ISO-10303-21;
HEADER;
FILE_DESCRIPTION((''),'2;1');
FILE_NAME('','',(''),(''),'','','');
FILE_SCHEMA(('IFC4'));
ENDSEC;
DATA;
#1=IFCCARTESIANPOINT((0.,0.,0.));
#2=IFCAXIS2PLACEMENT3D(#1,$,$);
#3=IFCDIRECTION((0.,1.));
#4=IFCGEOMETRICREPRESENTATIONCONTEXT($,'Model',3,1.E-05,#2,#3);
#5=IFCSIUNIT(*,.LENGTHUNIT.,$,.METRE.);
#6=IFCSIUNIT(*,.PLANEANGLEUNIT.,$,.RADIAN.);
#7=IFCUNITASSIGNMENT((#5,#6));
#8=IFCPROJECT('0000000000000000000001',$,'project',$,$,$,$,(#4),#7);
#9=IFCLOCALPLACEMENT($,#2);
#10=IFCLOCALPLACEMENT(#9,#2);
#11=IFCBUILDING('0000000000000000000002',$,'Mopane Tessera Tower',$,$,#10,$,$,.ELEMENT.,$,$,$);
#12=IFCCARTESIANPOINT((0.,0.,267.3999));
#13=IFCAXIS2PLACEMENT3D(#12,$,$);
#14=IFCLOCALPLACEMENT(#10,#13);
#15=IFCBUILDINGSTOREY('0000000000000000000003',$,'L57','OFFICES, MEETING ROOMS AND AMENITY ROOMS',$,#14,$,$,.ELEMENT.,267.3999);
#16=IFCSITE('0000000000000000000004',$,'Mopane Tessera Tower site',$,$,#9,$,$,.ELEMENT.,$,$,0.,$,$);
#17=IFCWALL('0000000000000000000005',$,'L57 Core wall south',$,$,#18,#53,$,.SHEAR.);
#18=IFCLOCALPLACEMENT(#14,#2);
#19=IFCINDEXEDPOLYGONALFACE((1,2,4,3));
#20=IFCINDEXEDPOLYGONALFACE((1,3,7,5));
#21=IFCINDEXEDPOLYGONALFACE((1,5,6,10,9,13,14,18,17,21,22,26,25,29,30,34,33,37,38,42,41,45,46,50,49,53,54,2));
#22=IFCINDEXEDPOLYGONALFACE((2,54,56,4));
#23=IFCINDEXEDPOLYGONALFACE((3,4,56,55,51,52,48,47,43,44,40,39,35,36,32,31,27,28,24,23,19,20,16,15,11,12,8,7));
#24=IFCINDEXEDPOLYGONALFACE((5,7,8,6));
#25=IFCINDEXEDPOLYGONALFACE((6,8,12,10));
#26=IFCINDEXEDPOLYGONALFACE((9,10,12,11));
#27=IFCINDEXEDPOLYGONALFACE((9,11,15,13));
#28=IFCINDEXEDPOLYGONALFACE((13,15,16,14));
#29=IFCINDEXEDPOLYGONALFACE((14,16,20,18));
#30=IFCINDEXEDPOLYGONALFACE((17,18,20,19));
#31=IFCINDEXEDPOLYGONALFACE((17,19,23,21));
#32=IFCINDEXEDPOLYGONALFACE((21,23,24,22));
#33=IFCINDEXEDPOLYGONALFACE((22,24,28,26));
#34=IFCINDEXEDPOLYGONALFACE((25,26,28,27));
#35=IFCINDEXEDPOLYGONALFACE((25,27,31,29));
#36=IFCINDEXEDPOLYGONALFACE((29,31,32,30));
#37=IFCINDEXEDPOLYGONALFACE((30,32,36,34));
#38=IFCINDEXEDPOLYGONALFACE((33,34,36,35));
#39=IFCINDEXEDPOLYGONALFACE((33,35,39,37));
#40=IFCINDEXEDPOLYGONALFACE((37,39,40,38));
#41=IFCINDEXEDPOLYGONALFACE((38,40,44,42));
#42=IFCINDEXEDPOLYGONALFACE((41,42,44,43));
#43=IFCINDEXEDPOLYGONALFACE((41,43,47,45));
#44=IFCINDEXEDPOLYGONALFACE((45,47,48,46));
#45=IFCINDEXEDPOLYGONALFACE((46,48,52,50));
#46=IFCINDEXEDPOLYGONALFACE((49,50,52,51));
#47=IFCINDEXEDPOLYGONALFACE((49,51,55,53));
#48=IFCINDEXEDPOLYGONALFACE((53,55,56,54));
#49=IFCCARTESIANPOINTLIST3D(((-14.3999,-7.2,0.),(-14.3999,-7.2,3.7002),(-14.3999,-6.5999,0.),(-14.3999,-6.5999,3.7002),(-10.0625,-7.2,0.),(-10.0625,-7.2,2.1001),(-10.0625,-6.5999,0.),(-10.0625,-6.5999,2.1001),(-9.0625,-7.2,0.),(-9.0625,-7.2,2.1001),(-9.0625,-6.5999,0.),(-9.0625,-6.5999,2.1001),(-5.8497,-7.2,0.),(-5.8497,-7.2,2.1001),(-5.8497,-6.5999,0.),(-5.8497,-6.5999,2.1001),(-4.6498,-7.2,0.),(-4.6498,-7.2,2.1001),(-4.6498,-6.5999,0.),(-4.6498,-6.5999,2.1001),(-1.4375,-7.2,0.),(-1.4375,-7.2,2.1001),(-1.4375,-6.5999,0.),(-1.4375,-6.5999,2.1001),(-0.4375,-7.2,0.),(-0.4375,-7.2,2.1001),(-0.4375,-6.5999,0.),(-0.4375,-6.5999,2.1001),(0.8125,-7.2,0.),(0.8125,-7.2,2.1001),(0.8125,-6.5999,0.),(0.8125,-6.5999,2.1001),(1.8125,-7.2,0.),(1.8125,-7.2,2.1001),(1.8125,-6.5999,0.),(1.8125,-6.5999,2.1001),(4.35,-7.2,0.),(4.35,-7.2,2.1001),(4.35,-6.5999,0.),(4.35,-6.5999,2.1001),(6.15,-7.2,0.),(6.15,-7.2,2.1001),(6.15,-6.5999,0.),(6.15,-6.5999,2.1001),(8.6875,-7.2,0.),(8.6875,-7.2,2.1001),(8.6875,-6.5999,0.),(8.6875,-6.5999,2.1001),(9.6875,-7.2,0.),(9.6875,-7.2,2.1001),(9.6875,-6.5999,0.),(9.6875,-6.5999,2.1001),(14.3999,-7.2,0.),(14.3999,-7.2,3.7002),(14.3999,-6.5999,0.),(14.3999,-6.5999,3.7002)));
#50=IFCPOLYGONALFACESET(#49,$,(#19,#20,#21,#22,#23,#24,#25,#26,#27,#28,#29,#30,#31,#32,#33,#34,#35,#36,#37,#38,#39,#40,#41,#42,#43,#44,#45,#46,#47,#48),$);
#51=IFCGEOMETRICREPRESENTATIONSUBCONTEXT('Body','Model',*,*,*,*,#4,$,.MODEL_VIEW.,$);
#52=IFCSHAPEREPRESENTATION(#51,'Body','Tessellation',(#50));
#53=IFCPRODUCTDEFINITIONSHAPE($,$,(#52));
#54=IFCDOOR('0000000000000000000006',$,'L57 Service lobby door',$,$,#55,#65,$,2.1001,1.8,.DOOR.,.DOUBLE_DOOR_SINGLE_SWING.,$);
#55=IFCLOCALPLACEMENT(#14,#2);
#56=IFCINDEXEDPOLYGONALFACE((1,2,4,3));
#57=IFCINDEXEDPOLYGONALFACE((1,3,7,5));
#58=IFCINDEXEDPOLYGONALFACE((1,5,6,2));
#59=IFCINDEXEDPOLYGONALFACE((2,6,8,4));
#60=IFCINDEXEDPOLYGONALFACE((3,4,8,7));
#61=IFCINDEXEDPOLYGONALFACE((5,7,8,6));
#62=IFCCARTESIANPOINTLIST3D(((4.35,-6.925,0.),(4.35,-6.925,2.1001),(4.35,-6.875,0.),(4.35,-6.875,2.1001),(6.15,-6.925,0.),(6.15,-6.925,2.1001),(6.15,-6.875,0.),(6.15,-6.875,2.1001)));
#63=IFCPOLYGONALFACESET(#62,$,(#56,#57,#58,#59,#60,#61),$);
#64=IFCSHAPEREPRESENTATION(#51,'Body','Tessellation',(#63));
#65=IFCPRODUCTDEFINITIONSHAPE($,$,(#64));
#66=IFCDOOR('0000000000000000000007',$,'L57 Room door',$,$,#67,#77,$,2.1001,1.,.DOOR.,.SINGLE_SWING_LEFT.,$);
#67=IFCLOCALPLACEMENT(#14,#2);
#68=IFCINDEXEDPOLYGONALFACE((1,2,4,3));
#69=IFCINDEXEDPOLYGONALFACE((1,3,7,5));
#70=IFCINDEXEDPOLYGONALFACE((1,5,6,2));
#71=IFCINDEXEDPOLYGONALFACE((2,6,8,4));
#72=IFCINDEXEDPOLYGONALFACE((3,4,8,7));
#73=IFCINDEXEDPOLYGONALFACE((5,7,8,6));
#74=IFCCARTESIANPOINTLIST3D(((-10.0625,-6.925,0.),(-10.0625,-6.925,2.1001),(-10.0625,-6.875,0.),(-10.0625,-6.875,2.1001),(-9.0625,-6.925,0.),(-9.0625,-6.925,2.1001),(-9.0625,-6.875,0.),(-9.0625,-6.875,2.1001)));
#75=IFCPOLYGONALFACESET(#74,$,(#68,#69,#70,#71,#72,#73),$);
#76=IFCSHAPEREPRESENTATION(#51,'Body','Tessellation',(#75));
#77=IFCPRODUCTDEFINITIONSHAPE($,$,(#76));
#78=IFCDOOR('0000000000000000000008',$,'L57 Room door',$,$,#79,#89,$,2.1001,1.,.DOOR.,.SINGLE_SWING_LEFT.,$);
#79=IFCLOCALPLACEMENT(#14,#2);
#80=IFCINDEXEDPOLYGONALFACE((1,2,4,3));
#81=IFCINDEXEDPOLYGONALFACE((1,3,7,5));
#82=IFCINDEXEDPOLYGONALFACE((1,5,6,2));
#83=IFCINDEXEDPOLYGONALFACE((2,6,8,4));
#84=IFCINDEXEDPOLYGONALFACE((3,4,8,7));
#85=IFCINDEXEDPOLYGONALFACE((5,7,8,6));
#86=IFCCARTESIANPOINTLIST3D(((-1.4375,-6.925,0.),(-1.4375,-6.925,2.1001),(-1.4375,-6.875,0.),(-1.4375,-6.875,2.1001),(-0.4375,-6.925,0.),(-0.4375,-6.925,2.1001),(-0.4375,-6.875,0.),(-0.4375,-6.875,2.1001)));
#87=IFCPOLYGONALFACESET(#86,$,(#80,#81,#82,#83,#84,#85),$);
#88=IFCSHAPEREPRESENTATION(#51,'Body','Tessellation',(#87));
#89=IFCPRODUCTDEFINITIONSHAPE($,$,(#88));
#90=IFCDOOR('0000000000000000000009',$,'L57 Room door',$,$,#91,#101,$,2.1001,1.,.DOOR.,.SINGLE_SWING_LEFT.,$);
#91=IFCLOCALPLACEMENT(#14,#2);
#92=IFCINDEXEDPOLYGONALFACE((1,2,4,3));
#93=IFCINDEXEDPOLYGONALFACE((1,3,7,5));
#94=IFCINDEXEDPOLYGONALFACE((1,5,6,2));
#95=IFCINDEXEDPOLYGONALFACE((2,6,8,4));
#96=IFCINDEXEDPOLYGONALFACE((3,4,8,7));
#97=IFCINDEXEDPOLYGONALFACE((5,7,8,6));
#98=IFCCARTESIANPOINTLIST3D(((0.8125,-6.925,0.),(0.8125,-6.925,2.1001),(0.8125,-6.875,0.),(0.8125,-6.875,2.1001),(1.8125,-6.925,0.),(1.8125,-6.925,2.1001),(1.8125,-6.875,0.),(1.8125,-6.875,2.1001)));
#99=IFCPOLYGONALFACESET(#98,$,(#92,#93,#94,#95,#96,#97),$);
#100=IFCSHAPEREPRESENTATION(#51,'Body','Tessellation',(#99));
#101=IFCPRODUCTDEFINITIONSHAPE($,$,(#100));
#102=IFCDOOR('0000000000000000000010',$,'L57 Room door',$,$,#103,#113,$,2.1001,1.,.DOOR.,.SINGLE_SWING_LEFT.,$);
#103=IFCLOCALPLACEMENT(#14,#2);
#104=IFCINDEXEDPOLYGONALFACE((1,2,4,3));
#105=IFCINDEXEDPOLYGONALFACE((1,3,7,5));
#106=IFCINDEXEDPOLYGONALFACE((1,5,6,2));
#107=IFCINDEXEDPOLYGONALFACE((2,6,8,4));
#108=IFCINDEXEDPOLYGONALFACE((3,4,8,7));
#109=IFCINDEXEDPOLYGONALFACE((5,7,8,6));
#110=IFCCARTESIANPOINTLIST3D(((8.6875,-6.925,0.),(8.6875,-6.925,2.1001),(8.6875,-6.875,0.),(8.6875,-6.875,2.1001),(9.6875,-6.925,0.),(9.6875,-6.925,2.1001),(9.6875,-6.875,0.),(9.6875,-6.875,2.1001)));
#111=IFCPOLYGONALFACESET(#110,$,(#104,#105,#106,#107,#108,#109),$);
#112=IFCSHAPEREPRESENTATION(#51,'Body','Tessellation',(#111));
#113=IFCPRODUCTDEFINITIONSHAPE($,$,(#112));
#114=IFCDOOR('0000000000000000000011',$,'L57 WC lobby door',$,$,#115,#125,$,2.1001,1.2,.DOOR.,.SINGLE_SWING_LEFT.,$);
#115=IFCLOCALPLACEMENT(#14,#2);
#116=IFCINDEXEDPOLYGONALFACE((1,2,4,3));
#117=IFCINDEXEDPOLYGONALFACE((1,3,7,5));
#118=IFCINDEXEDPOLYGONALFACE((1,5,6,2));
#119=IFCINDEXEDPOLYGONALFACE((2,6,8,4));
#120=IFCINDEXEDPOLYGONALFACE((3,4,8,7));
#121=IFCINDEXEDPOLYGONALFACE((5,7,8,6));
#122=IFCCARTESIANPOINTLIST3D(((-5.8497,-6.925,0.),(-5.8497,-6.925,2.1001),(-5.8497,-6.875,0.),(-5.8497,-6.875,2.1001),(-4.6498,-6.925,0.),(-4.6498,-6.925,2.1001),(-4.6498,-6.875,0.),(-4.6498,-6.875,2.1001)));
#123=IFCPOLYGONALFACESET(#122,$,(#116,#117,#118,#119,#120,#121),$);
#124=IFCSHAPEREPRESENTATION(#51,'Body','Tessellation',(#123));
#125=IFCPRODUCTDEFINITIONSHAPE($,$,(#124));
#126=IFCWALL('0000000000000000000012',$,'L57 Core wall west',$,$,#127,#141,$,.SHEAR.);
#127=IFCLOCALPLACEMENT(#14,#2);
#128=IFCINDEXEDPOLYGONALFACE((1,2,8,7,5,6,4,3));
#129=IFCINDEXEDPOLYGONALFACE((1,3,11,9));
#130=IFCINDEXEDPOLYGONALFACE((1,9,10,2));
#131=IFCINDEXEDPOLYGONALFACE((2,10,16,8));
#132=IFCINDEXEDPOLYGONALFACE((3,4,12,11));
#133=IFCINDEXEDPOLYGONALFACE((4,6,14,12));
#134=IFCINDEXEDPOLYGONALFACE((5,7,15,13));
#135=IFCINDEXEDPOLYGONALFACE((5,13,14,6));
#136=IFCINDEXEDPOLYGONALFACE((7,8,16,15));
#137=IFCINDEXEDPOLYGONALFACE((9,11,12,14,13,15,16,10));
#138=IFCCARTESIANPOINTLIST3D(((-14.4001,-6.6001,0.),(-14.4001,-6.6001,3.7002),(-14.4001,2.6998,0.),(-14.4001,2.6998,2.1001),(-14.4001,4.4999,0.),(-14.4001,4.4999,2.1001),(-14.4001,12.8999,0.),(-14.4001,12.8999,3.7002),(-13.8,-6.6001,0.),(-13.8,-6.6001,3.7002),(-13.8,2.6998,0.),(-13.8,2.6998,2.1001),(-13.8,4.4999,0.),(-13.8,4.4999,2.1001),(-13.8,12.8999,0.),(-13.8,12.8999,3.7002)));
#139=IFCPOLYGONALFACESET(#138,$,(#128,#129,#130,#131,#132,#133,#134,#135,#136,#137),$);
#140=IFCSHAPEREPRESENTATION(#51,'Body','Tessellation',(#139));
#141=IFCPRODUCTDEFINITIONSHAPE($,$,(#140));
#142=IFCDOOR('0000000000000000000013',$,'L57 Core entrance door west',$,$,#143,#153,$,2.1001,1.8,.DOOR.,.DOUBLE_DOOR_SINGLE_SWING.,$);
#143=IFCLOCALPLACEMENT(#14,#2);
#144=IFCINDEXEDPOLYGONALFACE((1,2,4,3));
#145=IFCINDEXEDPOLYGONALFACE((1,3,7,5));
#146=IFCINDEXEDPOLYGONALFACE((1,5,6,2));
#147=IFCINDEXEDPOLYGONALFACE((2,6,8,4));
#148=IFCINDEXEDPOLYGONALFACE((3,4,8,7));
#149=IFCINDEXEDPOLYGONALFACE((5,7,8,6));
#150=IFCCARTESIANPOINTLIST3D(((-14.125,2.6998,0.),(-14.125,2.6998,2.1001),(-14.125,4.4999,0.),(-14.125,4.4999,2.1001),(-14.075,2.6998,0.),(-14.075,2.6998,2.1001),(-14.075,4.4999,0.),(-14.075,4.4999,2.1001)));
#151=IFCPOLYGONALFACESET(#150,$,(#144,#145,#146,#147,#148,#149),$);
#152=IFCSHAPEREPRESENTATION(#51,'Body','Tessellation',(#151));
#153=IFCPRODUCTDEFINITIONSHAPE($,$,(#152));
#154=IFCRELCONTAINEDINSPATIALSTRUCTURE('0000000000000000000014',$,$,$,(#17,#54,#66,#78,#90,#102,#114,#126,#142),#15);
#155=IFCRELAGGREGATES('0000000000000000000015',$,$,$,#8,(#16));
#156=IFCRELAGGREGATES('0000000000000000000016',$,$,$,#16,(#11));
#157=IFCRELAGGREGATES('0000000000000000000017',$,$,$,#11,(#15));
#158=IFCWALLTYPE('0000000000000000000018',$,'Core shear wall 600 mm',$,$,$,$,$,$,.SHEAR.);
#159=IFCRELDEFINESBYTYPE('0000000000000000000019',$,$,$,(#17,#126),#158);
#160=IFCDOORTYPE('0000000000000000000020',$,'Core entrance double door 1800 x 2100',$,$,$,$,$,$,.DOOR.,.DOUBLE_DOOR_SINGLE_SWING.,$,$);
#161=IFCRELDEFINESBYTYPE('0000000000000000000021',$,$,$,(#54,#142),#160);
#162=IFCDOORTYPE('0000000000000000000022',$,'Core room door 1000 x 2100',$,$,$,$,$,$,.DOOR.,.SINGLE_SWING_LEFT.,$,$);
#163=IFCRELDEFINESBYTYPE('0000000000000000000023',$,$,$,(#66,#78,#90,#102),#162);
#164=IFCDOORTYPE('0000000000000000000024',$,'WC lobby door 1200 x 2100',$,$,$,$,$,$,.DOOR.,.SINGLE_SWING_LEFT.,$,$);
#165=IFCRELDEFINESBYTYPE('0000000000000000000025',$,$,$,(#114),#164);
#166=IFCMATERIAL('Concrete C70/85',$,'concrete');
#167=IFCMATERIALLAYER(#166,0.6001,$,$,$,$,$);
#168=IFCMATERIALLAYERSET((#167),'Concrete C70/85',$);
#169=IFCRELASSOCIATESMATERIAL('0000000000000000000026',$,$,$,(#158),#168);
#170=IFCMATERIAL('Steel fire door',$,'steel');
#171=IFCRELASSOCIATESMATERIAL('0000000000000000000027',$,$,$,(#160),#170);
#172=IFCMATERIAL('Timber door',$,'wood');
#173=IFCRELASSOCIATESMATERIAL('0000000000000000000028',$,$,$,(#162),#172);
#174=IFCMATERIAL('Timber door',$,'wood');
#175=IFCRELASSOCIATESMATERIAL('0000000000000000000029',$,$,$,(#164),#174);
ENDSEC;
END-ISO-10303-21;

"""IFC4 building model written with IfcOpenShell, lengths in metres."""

from ifc_helpers import new_model, si_unit, direction, frame, frame_2d, origin, place, context, subcontext, project, spatial, rectangle, extrude, material, layer, layer_set, type_object, element, fill, save


model = new_model("IFC4")

# Units and contexts
model_context = context("Model", 3, precision=1e-05, world=origin(), true_north=direction((0.0, 1.0)))
body_context = subcontext(model_context, "Body", "Model", "MODEL_VIEW")
ifc_project = project(units=[si_unit("LENGTHUNIT", "METRE"), si_unit("PLANEANGLEUNIT", "RADIAN")], contexts=[model_context])

# Site, building, storey
site_placement = place(None, origin())
site = spatial("IfcSite", under=ifc_project, at=site_placement, Name="Mopane Tessera Tower site", CompositionType="ELEMENT", RefElevation=0.0)
building_placement = place(site_placement, origin())
building = spatial("IfcBuilding", under=site, at=building_placement, Name="Mopane Tessera Tower", CompositionType="ELEMENT")
storey_placement = place(building_placement, frame((0.0, 0.0, 267.3999)))
storey = spatial("IfcBuildingStorey", under=building, at=storey_placement, Name="L57", Description="OFFICES, MEETING ROOMS AND AMENITY ROOMS", CompositionType="ELEMENT", Elevation=267.3999)

# Wall, openings, doors
ifc_material_1 = material(Name="Concrete C70/85", Category="concrete")
ifc_layer_1 = layer(ifc_material_1, 0.6001)
ifc_layer_set_1 = layer_set([ifc_layer_1], Name="Concrete C70/85")
wall_type_1 = type_object("IfcWallType", Name="Core shear wall 600 mm", PredefinedType="SHEAR", material=ifc_layer_set_1)
wall_1_placement = place(storey_placement, frame((-14.3999, -6.8999, 0.0), z_axis=(0.0, 0.0, 1.0), x_axis=(1.0, 0.0, 0.0)))
wall_1 = element("IfcWall", 1, at=wall_1_placement, inside=storey, type_object=wall_type_1, Name="L57 Core wall south", PredefinedType="SHEAR", context=body_context, shape_type="SweptSolid", body=[
    extrude(rectangle(XDim=28.7998, YDim=0.6001, at=frame_2d((14.3999, 0.0))), origin(), (0.0, 0.0, 1.0), 3.7002),
])
opening_1_placement = place(wall_1_placement, frame((4.3374, 0.0, 0.0)))
opening_1 = element("IfcOpeningElement", 2, at=opening_1_placement, cuts=wall_1, PredefinedType="OPENING", context=body_context, shape_type="SweptSolid", body=[
    extrude(rectangle(XDim=1.0, YDim=2.1001, at=frame_2d((0.5, 1.05))), frame((0.0, 0.312, 0.0), z_axis=(0.0, -1.0, 0.0), x_axis=(1.0, 0.0, 0.0)), (0.0, 0.0, 1.0), 0.624),
])
opening_2_placement = place(wall_1_placement, frame((8.55, 0.0, 0.0)))
opening_2 = element("IfcOpeningElement", 3, at=opening_2_placement, cuts=wall_1, PredefinedType="OPENING", context=body_context, shape_type="SweptSolid", body=[
    extrude(rectangle(XDim=1.2, YDim=2.1001, at=frame_2d((0.6001, 1.05))), frame((0.0, 0.312, 0.0), z_axis=(0.0, -1.0, 0.0), x_axis=(1.0, 0.0, 0.0)), (0.0, 0.0, 1.0), 0.624),
])
opening_3_placement = place(wall_1_placement, frame((12.9624, 0.0, 0.0)))
opening_3 = element("IfcOpeningElement", 4, at=opening_3_placement, cuts=wall_1, PredefinedType="OPENING", context=body_context, shape_type="SweptSolid", body=[
    extrude(rectangle(XDim=1.0, YDim=2.1001, at=frame_2d((0.5, 1.05))), frame((0.0, 0.312, 0.0), z_axis=(0.0, -1.0, 0.0), x_axis=(1.0, 0.0, 0.0)), (0.0, 0.0, 1.0), 0.624),
])
opening_4_placement = place(wall_1_placement, frame((15.2124, 0.0, 0.0)))
opening_4 = element("IfcOpeningElement", 5, at=opening_4_placement, cuts=wall_1, PredefinedType="OPENING", context=body_context, shape_type="SweptSolid", body=[
    extrude(rectangle(XDim=1.0, YDim=2.1001, at=frame_2d((0.5, 1.05))), frame((0.0, 0.312, 0.0), z_axis=(0.0, -1.0, 0.0), x_axis=(1.0, 0.0, 0.0)), (0.0, 0.0, 1.0), 0.624),
])
opening_5_placement = place(wall_1_placement, frame((18.75, 0.0, 0.0)))
opening_5 = element("IfcOpeningElement", 6, at=opening_5_placement, cuts=wall_1, PredefinedType="OPENING", context=body_context, shape_type="SweptSolid", body=[
    extrude(rectangle(XDim=1.8, YDim=2.1001, at=frame_2d((0.8999, 1.05))), frame((0.0, 0.312, 0.0), z_axis=(0.0, -1.0, 0.0), x_axis=(1.0, 0.0, 0.0)), (0.0, 0.0, 1.0), 0.624),
])
opening_6_placement = place(wall_1_placement, frame((23.0874, 0.0, 0.0)))
opening_6 = element("IfcOpeningElement", 7, at=opening_6_placement, cuts=wall_1, PredefinedType="OPENING", context=body_context, shape_type="SweptSolid", body=[
    extrude(rectangle(XDim=1.0, YDim=2.1001, at=frame_2d((0.5, 1.05))), frame((0.0, 0.312, 0.0), z_axis=(0.0, -1.0, 0.0), x_axis=(1.0, 0.0, 0.0)), (0.0, 0.0, 1.0), 0.624),
])
ifc_material_2 = material(Name="Steel fire door", Category="steel")
door_type_1 = type_object("IfcDoorType", Name="Core entrance double door 1800 x 2100", OperationType="DOUBLE_DOOR_SINGLE_SWING", PredefinedType="DOOR", material=ifc_material_2)
door_1_placement = place(opening_5_placement, origin())
door_1 = element("IfcDoor", 8, at=door_1_placement, inside=storey, type_object=door_type_1, Name="L57 Service lobby door", OperationType="DOUBLE_DOOR_SINGLE_SWING", OverallHeight=2.1001, OverallWidth=1.8, PredefinedType="DOOR", context=body_context, shape_type="SweptSolid", body=[
    extrude(rectangle(XDim=1.8, YDim=2.1001, at=frame_2d((0.8999, 1.05))), frame((0.0, 0.0249, 0.0), z_axis=(0.0, -1.0, 0.0), x_axis=(1.0, 0.0, 0.0)), (0.0, 0.0, 1.0), 0.05),
])
fill(opening_5, door_1)
ifc_material_3 = material(Name="Timber door", Category="wood")
door_type_2 = type_object("IfcDoorType", Name="Core room door 1000 x 2100", OperationType="SINGLE_SWING_LEFT", PredefinedType="DOOR", material=ifc_material_3)
door_2_placement = place(opening_1_placement, origin())
door_2 = element("IfcDoor", 9, at=door_2_placement, inside=storey, type_object=door_type_2, Name="L57 Room door", OperationType="SINGLE_SWING_LEFT", OverallHeight=2.1001, OverallWidth=1.0, PredefinedType="DOOR", context=body_context, shape_type="SweptSolid", body=[
    extrude(rectangle(XDim=1.0, YDim=2.1001, at=frame_2d((0.5, 1.05))), frame((0.0, 0.0249, 0.0), z_axis=(0.0, -1.0, 0.0), x_axis=(1.0, 0.0, 0.0)), (0.0, 0.0, 1.0), 0.05),
])
fill(opening_1, door_2)
door_3_placement = place(opening_3_placement, origin())
door_3 = element("IfcDoor", 10, at=door_3_placement, inside=storey, type_object=door_type_2, Name="L57 Room door", OperationType="SINGLE_SWING_LEFT", OverallHeight=2.1001, OverallWidth=1.0, PredefinedType="DOOR", context=body_context, shape_type="SweptSolid", body=[
    extrude(rectangle(XDim=1.0, YDim=2.1001, at=frame_2d((0.5, 1.05))), frame((0.0, 0.0249, 0.0), z_axis=(0.0, -1.0, 0.0), x_axis=(1.0, 0.0, 0.0)), (0.0, 0.0, 1.0), 0.05),
])
fill(opening_3, door_3)
door_4_placement = place(opening_4_placement, origin())
door_4 = element("IfcDoor", 11, at=door_4_placement, inside=storey, type_object=door_type_2, Name="L57 Room door", OperationType="SINGLE_SWING_LEFT", OverallHeight=2.1001, OverallWidth=1.0, PredefinedType="DOOR", context=body_context, shape_type="SweptSolid", body=[
    extrude(rectangle(XDim=1.0, YDim=2.1001, at=frame_2d((0.5, 1.05))), frame((0.0, 0.0249, 0.0), z_axis=(0.0, -1.0, 0.0), x_axis=(1.0, 0.0, 0.0)), (0.0, 0.0, 1.0), 0.05),
])
fill(opening_4, door_4)
door_5_placement = place(opening_6_placement, origin())
door_5 = element("IfcDoor", 12, at=door_5_placement, inside=storey, type_object=door_type_2, Name="L57 Room door", OperationType="SINGLE_SWING_LEFT", OverallHeight=2.1001, OverallWidth=1.0, PredefinedType="DOOR", context=body_context, shape_type="SweptSolid", body=[
    extrude(rectangle(XDim=1.0, YDim=2.1001, at=frame_2d((0.5, 1.05))), frame((0.0, 0.0249, 0.0), z_axis=(0.0, -1.0, 0.0), x_axis=(1.0, 0.0, 0.0)), (0.0, 0.0, 1.0), 0.05),
])
fill(opening_6, door_5)
ifc_material_4 = material(Name="Timber door", Category="wood")
door_type_3 = type_object("IfcDoorType", Name="WC lobby door 1200 x 2100", OperationType="SINGLE_SWING_LEFT", PredefinedType="DOOR", material=ifc_material_4)
door_6_placement = place(opening_2_placement, origin())
door_6 = element("IfcDoor", 13, at=door_6_placement, inside=storey, type_object=door_type_3, Name="L57 WC lobby door", OperationType="SINGLE_SWING_LEFT", OverallHeight=2.1001, OverallWidth=1.2, PredefinedType="DOOR", context=body_context, shape_type="SweptSolid", body=[
    extrude(rectangle(XDim=1.2, YDim=2.1001, at=frame_2d((0.6001, 1.05))), frame((0.0, 0.0249, 0.0), z_axis=(0.0, -1.0, 0.0), x_axis=(1.0, 0.0, 0.0)), (0.0, 0.0, 1.0), 0.05),
])
fill(opening_2, door_6)

# Wall, opening, door
wall_2_placement = place(storey_placement, frame((-14.1001, -6.6001, 0.0), z_axis=(0.0, 0.0, 1.0), x_axis=(0.0, 1.0, 0.0)))
wall_2 = element("IfcWall", 14, at=wall_2_placement, inside=storey, type_object=wall_type_1, Name="L57 Core wall west", PredefinedType="SHEAR", context=body_context, shape_type="SweptSolid", body=[
    extrude(rectangle(XDim=19.5, YDim=0.6001, at=frame_2d((9.75, 0.0))), origin(), (0.0, 0.0, 1.0), 3.7002),
])
opening_7_placement = place(wall_2_placement, frame((9.3, 0.0, 0.0)))
opening_7 = element("IfcOpeningElement", 15, at=opening_7_placement, cuts=wall_2, PredefinedType="OPENING", context=body_context, shape_type="SweptSolid", body=[
    extrude(rectangle(XDim=1.8, YDim=2.1001, at=frame_2d((0.8999, 1.05))), frame((0.0, 0.312, 0.0), z_axis=(0.0, -1.0, 0.0), x_axis=(1.0, 0.0, 0.0)), (0.0, 0.0, 1.0), 0.624),
])
door_7_placement = place(opening_7_placement, origin())
door_7 = element("IfcDoor", 16, at=door_7_placement, inside=storey, type_object=door_type_1, Name="L57 Core entrance door west", OperationType="DOUBLE_DOOR_SINGLE_SWING", OverallHeight=2.1001, OverallWidth=1.8, PredefinedType="DOOR", context=body_context, shape_type="SweptSolid", body=[
    extrude(rectangle(XDim=1.8, YDim=2.1001, at=frame_2d((0.8999, 1.05))), frame((0.0, 0.0249, 0.0), z_axis=(0.0, -1.0, 0.0), x_axis=(1.0, 0.0, 0.0)), (0.0, 0.0, 1.0), 0.05),
])
fill(opening_7, door_7)

save(model, "model.ifc")
